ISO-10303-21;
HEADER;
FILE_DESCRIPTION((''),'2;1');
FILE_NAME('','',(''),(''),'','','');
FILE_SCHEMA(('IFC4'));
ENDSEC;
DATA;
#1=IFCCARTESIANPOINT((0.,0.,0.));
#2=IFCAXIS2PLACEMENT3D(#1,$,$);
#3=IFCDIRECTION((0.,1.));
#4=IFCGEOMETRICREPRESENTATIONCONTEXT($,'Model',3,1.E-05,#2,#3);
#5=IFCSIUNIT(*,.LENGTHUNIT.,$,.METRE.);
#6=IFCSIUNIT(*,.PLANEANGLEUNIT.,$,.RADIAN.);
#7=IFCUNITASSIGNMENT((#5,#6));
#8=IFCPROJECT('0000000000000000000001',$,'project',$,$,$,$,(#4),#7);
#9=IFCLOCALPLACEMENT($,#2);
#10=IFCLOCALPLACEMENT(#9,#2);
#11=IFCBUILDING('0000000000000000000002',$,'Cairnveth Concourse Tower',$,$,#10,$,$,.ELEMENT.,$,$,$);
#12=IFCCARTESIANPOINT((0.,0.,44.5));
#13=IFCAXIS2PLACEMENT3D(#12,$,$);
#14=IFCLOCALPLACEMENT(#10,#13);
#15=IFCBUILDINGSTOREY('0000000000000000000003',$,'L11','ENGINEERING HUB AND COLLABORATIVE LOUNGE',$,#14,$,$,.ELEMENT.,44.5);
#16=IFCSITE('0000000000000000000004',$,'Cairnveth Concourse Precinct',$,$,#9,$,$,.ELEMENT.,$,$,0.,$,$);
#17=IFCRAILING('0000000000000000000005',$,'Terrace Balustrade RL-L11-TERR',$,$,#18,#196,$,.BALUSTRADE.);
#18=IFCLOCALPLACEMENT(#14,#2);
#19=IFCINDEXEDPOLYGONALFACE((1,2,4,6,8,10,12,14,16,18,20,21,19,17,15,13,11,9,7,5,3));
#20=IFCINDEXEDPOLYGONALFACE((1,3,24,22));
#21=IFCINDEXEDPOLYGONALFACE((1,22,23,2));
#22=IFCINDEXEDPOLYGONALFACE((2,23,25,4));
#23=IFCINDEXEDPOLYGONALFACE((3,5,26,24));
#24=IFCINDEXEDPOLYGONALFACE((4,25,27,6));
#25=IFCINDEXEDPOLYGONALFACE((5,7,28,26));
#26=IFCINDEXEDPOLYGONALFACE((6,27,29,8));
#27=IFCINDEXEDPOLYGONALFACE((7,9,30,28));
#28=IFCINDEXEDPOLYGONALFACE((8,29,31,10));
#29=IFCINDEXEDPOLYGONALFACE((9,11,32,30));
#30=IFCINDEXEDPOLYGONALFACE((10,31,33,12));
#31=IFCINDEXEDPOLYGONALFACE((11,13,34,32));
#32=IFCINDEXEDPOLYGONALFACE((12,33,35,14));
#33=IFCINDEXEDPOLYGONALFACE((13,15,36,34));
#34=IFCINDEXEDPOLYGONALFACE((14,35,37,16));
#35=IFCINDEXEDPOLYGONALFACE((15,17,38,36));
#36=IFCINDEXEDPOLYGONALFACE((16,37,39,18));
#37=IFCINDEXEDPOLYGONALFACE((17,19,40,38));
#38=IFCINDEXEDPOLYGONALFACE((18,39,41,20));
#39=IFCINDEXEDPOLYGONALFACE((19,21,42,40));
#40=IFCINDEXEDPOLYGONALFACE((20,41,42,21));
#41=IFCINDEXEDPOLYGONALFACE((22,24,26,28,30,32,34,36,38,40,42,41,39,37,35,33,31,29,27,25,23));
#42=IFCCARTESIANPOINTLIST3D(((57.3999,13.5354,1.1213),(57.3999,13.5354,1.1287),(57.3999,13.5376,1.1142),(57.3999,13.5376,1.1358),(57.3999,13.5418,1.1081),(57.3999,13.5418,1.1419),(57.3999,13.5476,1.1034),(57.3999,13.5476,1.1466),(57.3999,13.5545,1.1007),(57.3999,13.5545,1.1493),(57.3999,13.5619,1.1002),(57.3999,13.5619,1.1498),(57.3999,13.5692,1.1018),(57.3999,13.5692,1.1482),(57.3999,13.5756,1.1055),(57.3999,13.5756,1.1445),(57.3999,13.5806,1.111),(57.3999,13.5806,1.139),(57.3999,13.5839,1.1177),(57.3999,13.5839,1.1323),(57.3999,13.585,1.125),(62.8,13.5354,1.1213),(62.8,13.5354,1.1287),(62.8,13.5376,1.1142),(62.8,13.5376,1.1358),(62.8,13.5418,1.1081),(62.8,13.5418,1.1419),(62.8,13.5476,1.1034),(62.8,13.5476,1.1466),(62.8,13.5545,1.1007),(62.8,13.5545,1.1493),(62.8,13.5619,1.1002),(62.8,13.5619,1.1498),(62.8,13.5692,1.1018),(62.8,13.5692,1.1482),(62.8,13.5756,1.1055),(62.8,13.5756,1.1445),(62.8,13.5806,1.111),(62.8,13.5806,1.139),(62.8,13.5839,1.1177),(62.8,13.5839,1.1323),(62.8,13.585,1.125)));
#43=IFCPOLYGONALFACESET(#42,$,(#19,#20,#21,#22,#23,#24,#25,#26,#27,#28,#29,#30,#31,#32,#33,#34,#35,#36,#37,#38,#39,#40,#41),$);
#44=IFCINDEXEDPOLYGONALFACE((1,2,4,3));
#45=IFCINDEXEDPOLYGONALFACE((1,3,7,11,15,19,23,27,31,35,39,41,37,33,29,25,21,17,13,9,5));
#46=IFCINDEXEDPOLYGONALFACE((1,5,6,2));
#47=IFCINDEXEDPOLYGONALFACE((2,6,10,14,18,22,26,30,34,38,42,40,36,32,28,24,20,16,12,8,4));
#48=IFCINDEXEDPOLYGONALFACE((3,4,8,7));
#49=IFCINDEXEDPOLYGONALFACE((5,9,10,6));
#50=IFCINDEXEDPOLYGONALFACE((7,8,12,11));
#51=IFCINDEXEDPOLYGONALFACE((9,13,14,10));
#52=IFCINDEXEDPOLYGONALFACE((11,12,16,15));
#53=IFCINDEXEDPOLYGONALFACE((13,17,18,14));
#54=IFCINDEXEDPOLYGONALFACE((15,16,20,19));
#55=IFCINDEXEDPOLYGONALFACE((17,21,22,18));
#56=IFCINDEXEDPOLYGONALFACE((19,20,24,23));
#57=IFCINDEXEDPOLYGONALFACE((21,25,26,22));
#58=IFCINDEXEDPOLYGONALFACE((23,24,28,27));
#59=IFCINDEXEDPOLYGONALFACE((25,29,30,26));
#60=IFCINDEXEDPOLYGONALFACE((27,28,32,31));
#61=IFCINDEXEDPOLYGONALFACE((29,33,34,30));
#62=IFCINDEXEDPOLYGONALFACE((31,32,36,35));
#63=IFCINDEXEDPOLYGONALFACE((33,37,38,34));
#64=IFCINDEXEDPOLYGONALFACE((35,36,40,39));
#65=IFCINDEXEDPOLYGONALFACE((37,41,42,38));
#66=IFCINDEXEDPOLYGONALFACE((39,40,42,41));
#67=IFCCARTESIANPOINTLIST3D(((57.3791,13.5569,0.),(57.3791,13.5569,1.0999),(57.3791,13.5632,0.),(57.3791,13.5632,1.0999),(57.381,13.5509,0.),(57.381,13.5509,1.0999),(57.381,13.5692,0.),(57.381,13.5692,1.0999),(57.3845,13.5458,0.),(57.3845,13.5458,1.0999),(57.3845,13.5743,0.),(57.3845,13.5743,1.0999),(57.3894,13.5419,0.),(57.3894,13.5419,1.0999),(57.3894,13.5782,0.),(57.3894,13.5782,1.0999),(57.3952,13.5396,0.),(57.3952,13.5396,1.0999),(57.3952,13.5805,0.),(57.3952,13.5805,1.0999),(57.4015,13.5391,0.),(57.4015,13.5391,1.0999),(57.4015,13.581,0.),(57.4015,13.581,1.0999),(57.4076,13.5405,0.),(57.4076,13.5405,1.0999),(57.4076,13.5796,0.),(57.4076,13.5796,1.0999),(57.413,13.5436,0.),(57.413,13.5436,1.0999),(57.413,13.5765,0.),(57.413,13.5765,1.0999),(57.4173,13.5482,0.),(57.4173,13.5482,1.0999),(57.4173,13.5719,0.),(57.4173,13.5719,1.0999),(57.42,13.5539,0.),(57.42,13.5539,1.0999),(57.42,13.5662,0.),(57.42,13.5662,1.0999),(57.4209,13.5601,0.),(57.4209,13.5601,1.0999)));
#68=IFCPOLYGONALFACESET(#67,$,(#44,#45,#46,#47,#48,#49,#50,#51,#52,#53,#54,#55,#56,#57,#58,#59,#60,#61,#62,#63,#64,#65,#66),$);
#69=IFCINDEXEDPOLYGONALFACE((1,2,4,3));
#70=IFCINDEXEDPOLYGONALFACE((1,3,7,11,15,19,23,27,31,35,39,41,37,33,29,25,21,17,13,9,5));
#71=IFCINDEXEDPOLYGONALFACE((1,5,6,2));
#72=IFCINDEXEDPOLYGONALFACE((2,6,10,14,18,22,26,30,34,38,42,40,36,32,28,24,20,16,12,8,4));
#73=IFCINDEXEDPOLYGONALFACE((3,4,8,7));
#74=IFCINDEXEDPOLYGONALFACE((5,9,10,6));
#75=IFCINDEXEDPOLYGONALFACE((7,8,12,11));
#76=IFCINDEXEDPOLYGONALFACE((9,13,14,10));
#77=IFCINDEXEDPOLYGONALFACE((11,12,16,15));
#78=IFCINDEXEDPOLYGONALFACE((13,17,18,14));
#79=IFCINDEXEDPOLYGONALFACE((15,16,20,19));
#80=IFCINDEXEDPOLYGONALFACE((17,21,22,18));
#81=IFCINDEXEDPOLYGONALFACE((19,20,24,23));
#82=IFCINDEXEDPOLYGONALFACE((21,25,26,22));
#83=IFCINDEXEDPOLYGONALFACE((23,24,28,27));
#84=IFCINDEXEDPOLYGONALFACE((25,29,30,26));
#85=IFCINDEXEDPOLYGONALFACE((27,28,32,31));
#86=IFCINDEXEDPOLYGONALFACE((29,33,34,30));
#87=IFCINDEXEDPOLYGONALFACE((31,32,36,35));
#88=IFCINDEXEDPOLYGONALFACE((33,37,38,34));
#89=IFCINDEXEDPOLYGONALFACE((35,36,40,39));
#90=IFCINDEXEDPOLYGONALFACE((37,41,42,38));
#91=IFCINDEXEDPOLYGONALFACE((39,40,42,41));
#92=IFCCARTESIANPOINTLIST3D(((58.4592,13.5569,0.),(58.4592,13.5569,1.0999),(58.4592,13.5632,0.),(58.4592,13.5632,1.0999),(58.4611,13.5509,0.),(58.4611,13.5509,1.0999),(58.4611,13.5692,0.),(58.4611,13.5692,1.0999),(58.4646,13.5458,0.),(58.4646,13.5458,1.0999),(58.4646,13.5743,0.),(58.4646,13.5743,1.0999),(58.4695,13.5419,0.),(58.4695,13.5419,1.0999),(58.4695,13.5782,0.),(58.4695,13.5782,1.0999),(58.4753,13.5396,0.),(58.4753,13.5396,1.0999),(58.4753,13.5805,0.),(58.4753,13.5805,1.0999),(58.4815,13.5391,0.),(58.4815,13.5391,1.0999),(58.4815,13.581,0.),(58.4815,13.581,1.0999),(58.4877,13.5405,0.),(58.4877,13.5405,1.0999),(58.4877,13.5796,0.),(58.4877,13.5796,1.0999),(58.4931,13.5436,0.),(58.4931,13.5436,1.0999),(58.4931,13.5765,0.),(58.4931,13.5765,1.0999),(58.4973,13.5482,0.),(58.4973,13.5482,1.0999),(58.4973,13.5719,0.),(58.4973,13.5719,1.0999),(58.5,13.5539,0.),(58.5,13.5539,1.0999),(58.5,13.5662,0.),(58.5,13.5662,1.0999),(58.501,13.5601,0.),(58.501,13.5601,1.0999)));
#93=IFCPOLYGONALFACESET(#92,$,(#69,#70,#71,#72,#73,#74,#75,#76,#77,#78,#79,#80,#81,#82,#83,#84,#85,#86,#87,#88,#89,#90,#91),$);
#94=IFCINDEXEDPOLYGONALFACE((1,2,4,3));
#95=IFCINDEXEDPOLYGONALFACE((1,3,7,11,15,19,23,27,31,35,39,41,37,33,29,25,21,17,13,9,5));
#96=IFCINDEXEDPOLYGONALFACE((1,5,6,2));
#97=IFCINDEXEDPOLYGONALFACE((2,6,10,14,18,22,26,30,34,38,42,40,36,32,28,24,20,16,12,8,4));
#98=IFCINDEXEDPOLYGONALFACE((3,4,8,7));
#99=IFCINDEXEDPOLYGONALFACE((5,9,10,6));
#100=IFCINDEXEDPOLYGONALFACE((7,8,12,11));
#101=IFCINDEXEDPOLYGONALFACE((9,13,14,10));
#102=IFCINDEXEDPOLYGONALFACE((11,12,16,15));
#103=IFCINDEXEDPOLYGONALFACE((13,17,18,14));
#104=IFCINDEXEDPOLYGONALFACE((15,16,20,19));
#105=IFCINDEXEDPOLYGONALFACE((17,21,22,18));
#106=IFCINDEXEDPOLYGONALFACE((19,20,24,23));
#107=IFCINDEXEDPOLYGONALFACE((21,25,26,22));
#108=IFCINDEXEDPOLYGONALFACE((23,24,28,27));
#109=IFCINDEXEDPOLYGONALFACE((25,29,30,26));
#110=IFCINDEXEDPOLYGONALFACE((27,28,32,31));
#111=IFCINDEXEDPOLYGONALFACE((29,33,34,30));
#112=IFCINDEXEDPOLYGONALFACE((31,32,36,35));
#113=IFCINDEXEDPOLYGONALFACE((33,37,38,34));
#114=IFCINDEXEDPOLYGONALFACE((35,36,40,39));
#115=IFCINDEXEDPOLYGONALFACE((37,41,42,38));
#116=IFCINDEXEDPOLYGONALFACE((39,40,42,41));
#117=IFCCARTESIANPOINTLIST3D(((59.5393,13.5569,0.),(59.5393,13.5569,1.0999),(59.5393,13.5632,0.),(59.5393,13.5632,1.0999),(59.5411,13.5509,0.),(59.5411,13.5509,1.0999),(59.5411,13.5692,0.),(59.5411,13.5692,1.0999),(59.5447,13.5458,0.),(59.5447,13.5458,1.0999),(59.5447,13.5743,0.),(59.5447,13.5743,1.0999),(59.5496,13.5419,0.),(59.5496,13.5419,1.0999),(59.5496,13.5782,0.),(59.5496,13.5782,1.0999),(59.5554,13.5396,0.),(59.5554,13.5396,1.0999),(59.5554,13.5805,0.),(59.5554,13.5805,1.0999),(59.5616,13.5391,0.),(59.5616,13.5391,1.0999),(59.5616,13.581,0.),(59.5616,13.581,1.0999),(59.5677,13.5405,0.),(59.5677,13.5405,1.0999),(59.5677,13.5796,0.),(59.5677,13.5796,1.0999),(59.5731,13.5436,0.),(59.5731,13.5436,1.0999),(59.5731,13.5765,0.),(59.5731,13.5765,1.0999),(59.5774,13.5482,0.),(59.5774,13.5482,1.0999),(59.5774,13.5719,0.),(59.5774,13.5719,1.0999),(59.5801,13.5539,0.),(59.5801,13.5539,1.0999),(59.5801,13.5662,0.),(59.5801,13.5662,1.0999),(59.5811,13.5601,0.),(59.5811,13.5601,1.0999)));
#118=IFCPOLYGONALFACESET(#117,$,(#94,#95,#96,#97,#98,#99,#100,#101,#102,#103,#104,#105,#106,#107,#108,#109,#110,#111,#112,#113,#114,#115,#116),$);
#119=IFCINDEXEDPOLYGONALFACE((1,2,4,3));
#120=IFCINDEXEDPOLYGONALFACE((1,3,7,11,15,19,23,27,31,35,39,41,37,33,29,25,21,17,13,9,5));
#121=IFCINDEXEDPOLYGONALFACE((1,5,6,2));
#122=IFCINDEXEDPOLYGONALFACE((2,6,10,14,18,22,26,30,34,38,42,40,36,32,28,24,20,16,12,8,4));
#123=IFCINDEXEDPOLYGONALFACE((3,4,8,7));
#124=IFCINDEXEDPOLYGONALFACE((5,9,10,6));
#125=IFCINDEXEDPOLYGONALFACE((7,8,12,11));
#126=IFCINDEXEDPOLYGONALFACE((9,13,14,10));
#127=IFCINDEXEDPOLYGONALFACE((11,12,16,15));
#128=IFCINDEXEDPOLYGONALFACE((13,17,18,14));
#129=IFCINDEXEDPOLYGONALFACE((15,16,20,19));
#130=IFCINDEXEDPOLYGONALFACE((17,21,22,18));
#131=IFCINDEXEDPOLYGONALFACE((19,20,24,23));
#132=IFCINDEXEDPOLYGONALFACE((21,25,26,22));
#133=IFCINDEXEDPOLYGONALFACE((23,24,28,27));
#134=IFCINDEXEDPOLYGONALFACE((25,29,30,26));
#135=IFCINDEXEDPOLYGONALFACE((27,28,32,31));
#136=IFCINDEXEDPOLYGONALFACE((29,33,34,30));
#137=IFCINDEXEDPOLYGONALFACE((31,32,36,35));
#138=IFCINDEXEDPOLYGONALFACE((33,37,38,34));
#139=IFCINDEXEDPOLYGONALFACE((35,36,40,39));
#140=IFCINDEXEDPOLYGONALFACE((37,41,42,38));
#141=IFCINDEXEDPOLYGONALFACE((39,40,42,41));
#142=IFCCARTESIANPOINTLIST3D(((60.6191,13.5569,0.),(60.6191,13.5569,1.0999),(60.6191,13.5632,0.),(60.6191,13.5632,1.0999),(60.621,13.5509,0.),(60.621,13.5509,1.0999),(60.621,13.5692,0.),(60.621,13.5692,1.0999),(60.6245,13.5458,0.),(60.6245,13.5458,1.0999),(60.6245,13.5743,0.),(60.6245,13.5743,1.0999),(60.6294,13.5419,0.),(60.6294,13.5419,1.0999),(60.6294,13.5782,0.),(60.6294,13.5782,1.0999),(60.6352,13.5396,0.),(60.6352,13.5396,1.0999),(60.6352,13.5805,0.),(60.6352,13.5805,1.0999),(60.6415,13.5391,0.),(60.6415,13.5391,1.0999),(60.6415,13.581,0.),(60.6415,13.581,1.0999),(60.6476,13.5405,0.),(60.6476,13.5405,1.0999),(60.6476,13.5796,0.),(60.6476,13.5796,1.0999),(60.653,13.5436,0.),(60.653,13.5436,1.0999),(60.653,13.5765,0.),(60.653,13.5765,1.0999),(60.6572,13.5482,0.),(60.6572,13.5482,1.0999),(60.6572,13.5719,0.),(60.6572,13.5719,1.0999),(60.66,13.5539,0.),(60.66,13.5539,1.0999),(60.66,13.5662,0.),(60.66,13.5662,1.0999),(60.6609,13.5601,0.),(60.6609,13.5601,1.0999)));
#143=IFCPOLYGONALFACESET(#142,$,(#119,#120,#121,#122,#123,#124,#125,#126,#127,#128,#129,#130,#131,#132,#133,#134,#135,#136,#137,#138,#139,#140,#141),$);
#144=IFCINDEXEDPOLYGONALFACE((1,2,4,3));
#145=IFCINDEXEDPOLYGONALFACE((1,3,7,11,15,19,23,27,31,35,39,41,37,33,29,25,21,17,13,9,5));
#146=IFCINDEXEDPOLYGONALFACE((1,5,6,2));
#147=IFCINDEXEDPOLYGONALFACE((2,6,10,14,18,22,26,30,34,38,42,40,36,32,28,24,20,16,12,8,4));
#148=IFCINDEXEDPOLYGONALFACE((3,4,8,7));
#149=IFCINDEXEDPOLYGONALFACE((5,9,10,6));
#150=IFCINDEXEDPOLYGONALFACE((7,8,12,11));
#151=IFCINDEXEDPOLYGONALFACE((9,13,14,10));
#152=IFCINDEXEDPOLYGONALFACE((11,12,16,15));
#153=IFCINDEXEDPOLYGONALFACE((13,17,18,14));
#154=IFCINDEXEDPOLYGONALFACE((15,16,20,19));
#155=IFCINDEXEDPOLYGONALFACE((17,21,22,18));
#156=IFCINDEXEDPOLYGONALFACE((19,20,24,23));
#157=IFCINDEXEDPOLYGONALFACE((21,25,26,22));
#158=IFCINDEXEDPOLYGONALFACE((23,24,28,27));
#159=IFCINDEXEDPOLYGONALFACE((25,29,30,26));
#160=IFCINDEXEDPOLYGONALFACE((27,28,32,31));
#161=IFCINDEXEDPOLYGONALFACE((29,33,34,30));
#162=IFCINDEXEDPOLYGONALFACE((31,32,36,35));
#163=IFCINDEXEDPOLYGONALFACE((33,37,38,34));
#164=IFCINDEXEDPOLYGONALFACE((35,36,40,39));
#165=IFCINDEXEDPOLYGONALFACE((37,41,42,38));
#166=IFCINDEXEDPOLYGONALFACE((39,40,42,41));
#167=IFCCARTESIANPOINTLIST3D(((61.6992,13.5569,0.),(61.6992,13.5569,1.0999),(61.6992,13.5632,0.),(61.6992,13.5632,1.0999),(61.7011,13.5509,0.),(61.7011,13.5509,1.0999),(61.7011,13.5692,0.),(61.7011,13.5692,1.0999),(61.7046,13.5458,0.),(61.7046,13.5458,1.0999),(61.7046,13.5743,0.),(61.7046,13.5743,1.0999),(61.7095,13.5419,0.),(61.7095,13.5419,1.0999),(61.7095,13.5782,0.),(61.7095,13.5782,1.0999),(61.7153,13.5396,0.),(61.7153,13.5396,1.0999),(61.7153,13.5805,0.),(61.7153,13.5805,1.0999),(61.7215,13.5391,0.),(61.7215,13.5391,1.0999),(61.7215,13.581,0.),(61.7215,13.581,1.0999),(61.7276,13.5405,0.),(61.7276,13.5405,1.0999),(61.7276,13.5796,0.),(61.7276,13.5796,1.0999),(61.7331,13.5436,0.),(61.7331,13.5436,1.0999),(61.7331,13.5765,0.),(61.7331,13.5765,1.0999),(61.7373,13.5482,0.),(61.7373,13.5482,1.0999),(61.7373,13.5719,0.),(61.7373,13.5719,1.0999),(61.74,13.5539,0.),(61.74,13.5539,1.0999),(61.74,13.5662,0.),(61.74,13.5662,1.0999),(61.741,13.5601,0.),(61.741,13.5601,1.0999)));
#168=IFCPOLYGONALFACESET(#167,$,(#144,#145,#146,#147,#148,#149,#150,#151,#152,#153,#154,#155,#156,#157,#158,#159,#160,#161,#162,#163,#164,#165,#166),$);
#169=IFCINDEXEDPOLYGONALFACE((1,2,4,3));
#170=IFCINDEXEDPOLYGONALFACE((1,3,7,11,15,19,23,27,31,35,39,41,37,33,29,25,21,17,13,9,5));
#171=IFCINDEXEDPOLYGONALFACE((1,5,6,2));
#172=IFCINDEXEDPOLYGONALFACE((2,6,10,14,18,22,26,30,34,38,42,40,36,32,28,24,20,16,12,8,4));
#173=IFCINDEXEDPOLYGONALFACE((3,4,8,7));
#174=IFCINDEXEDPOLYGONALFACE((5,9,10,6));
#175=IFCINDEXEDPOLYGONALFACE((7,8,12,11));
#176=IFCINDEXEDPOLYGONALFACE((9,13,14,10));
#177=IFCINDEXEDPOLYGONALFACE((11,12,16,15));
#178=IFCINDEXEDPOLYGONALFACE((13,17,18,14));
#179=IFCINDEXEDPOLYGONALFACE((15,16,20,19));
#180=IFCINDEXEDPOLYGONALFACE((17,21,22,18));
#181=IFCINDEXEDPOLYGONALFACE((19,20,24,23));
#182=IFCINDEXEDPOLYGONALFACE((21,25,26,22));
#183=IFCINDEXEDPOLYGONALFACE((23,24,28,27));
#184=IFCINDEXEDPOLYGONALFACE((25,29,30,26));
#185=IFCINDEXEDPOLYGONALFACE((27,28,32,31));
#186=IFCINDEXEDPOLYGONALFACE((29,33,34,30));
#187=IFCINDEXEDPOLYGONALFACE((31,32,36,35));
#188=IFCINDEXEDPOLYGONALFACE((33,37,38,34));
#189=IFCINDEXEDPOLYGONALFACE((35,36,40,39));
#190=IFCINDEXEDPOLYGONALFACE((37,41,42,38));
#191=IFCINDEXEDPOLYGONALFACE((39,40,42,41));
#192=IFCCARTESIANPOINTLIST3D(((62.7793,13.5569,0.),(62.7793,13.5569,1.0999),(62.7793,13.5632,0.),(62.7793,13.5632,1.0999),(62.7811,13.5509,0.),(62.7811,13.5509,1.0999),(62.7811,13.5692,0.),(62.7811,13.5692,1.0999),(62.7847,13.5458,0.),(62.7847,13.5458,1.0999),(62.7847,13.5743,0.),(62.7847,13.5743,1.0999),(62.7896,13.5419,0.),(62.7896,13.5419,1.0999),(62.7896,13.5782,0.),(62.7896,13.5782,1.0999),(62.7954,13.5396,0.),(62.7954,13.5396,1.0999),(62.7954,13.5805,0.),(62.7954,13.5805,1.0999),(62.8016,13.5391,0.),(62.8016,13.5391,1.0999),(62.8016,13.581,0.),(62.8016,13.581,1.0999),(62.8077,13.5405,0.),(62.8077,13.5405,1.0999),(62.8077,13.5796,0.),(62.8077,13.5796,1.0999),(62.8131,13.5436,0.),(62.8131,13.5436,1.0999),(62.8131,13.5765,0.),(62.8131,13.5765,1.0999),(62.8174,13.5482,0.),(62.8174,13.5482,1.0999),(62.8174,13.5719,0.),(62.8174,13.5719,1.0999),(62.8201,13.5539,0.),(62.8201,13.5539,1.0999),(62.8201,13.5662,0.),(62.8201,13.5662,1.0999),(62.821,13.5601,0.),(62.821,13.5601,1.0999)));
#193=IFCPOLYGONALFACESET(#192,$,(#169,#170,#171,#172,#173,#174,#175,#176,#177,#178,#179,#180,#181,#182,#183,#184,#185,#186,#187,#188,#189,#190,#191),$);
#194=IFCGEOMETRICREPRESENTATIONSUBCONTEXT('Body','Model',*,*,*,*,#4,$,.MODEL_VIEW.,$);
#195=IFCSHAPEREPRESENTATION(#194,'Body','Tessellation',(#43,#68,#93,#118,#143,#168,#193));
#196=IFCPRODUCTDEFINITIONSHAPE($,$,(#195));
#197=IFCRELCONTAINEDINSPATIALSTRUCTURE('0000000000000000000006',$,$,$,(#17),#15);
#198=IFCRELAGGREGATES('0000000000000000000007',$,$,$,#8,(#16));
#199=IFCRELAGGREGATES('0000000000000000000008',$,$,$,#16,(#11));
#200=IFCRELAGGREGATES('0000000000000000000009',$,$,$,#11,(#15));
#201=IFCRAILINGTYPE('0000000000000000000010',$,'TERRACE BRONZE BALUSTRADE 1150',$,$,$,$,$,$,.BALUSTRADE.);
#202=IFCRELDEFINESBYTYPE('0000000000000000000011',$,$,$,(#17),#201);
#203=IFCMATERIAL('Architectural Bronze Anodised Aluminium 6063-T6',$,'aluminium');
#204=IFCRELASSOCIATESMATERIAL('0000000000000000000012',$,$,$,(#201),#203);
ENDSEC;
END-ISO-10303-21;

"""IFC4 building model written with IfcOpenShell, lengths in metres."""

from ifc_helpers import new_model, si_unit, direction, frame, origin, origin_2d, place, context, subcontext, project, spatial, circle, extrude, material, type_object, element, save


model = new_model("IFC4")

# Units and contexts
model_context = context("Model", 3, precision=1e-05, world=origin(), true_north=direction((0.0, 1.0)))
body_context = subcontext(model_context, "Body", "Model", "MODEL_VIEW")
ifc_project = project(units=[si_unit("LENGTHUNIT", "METRE"), si_unit("PLANEANGLEUNIT", "RADIAN")], contexts=[model_context])

# Site, building, storey
site_placement = place(None, origin())
site = spatial("IfcSite", under=ifc_project, at=site_placement, Name="Cairnveth Concourse Precinct", CompositionType="ELEMENT", RefElevation=0.0)
building_placement = place(site_placement, origin())
building = spatial("IfcBuilding", under=site, at=building_placement, Name="Cairnveth Concourse Tower", CompositionType="ELEMENT")
storey_placement = place(building_placement, frame((0.0, 0.0, 44.5)))
storey = spatial("IfcBuildingStorey", under=building, at=storey_placement, Name="L11", Description="ENGINEERING HUB AND COLLABORATIVE LOUNGE", CompositionType="ELEMENT", Elevation=44.5)

# Shared definitions
ifc_material_1 = material(Name="Architectural Bronze Anodised Aluminium 6063-T6", Category="aluminium")

# Railing
railing_type = type_object("IfcRailingType", Name="TERRACE BRONZE BALUSTRADE 1150", PredefinedType="BALUSTRADE", material=ifc_material_1)
railing_placement = place(storey_placement, frame((57.3999, 13.5601, 0.0)))
element("IfcRailing", 1, at=railing_placement, inside=storey, type_object=railing_type, Name="Terrace Balustrade RL-L11-TERR", PredefinedType="BALUSTRADE", context=body_context, shape_type="SweptSolid", body=[
    extrude(circle(Radius=0.0249, at=origin_2d()), frame((0.0, 0.0, 1.125), z_axis=(1.0, 0.0, 0.0), x_axis=(0.0, 1.0, 0.0)), (0.0, 0.0, 1.0), 5.4001),
    extrude(circle(Radius=0.021, at=origin_2d()), origin(), (0.0, 0.0, 1.0), 1.0999),
    extrude(circle(Radius=0.021, at=origin_2d()), frame((1.0801, 0.0, 0.0)), (0.0, 0.0, 1.0), 1.0999),
    extrude(circle(Radius=0.021, at=origin_2d()), frame((2.1602, 0.0, 0.0)), (0.0, 0.0, 1.0), 1.0999),
    extrude(circle(Radius=0.021, at=origin_2d()), frame((3.24, 0.0, 0.0)), (0.0, 0.0, 1.0), 1.0999),
    extrude(circle(Radius=0.021, at=origin_2d()), frame((4.3201, 0.0, 0.0)), (0.0, 0.0, 1.0), 1.0999),
    extrude(circle(Radius=0.021, at=origin_2d()), frame((5.4001, 0.0, 0.0)), (0.0, 0.0, 1.0), 1.0999),
])

save(model, "model.ifc")
